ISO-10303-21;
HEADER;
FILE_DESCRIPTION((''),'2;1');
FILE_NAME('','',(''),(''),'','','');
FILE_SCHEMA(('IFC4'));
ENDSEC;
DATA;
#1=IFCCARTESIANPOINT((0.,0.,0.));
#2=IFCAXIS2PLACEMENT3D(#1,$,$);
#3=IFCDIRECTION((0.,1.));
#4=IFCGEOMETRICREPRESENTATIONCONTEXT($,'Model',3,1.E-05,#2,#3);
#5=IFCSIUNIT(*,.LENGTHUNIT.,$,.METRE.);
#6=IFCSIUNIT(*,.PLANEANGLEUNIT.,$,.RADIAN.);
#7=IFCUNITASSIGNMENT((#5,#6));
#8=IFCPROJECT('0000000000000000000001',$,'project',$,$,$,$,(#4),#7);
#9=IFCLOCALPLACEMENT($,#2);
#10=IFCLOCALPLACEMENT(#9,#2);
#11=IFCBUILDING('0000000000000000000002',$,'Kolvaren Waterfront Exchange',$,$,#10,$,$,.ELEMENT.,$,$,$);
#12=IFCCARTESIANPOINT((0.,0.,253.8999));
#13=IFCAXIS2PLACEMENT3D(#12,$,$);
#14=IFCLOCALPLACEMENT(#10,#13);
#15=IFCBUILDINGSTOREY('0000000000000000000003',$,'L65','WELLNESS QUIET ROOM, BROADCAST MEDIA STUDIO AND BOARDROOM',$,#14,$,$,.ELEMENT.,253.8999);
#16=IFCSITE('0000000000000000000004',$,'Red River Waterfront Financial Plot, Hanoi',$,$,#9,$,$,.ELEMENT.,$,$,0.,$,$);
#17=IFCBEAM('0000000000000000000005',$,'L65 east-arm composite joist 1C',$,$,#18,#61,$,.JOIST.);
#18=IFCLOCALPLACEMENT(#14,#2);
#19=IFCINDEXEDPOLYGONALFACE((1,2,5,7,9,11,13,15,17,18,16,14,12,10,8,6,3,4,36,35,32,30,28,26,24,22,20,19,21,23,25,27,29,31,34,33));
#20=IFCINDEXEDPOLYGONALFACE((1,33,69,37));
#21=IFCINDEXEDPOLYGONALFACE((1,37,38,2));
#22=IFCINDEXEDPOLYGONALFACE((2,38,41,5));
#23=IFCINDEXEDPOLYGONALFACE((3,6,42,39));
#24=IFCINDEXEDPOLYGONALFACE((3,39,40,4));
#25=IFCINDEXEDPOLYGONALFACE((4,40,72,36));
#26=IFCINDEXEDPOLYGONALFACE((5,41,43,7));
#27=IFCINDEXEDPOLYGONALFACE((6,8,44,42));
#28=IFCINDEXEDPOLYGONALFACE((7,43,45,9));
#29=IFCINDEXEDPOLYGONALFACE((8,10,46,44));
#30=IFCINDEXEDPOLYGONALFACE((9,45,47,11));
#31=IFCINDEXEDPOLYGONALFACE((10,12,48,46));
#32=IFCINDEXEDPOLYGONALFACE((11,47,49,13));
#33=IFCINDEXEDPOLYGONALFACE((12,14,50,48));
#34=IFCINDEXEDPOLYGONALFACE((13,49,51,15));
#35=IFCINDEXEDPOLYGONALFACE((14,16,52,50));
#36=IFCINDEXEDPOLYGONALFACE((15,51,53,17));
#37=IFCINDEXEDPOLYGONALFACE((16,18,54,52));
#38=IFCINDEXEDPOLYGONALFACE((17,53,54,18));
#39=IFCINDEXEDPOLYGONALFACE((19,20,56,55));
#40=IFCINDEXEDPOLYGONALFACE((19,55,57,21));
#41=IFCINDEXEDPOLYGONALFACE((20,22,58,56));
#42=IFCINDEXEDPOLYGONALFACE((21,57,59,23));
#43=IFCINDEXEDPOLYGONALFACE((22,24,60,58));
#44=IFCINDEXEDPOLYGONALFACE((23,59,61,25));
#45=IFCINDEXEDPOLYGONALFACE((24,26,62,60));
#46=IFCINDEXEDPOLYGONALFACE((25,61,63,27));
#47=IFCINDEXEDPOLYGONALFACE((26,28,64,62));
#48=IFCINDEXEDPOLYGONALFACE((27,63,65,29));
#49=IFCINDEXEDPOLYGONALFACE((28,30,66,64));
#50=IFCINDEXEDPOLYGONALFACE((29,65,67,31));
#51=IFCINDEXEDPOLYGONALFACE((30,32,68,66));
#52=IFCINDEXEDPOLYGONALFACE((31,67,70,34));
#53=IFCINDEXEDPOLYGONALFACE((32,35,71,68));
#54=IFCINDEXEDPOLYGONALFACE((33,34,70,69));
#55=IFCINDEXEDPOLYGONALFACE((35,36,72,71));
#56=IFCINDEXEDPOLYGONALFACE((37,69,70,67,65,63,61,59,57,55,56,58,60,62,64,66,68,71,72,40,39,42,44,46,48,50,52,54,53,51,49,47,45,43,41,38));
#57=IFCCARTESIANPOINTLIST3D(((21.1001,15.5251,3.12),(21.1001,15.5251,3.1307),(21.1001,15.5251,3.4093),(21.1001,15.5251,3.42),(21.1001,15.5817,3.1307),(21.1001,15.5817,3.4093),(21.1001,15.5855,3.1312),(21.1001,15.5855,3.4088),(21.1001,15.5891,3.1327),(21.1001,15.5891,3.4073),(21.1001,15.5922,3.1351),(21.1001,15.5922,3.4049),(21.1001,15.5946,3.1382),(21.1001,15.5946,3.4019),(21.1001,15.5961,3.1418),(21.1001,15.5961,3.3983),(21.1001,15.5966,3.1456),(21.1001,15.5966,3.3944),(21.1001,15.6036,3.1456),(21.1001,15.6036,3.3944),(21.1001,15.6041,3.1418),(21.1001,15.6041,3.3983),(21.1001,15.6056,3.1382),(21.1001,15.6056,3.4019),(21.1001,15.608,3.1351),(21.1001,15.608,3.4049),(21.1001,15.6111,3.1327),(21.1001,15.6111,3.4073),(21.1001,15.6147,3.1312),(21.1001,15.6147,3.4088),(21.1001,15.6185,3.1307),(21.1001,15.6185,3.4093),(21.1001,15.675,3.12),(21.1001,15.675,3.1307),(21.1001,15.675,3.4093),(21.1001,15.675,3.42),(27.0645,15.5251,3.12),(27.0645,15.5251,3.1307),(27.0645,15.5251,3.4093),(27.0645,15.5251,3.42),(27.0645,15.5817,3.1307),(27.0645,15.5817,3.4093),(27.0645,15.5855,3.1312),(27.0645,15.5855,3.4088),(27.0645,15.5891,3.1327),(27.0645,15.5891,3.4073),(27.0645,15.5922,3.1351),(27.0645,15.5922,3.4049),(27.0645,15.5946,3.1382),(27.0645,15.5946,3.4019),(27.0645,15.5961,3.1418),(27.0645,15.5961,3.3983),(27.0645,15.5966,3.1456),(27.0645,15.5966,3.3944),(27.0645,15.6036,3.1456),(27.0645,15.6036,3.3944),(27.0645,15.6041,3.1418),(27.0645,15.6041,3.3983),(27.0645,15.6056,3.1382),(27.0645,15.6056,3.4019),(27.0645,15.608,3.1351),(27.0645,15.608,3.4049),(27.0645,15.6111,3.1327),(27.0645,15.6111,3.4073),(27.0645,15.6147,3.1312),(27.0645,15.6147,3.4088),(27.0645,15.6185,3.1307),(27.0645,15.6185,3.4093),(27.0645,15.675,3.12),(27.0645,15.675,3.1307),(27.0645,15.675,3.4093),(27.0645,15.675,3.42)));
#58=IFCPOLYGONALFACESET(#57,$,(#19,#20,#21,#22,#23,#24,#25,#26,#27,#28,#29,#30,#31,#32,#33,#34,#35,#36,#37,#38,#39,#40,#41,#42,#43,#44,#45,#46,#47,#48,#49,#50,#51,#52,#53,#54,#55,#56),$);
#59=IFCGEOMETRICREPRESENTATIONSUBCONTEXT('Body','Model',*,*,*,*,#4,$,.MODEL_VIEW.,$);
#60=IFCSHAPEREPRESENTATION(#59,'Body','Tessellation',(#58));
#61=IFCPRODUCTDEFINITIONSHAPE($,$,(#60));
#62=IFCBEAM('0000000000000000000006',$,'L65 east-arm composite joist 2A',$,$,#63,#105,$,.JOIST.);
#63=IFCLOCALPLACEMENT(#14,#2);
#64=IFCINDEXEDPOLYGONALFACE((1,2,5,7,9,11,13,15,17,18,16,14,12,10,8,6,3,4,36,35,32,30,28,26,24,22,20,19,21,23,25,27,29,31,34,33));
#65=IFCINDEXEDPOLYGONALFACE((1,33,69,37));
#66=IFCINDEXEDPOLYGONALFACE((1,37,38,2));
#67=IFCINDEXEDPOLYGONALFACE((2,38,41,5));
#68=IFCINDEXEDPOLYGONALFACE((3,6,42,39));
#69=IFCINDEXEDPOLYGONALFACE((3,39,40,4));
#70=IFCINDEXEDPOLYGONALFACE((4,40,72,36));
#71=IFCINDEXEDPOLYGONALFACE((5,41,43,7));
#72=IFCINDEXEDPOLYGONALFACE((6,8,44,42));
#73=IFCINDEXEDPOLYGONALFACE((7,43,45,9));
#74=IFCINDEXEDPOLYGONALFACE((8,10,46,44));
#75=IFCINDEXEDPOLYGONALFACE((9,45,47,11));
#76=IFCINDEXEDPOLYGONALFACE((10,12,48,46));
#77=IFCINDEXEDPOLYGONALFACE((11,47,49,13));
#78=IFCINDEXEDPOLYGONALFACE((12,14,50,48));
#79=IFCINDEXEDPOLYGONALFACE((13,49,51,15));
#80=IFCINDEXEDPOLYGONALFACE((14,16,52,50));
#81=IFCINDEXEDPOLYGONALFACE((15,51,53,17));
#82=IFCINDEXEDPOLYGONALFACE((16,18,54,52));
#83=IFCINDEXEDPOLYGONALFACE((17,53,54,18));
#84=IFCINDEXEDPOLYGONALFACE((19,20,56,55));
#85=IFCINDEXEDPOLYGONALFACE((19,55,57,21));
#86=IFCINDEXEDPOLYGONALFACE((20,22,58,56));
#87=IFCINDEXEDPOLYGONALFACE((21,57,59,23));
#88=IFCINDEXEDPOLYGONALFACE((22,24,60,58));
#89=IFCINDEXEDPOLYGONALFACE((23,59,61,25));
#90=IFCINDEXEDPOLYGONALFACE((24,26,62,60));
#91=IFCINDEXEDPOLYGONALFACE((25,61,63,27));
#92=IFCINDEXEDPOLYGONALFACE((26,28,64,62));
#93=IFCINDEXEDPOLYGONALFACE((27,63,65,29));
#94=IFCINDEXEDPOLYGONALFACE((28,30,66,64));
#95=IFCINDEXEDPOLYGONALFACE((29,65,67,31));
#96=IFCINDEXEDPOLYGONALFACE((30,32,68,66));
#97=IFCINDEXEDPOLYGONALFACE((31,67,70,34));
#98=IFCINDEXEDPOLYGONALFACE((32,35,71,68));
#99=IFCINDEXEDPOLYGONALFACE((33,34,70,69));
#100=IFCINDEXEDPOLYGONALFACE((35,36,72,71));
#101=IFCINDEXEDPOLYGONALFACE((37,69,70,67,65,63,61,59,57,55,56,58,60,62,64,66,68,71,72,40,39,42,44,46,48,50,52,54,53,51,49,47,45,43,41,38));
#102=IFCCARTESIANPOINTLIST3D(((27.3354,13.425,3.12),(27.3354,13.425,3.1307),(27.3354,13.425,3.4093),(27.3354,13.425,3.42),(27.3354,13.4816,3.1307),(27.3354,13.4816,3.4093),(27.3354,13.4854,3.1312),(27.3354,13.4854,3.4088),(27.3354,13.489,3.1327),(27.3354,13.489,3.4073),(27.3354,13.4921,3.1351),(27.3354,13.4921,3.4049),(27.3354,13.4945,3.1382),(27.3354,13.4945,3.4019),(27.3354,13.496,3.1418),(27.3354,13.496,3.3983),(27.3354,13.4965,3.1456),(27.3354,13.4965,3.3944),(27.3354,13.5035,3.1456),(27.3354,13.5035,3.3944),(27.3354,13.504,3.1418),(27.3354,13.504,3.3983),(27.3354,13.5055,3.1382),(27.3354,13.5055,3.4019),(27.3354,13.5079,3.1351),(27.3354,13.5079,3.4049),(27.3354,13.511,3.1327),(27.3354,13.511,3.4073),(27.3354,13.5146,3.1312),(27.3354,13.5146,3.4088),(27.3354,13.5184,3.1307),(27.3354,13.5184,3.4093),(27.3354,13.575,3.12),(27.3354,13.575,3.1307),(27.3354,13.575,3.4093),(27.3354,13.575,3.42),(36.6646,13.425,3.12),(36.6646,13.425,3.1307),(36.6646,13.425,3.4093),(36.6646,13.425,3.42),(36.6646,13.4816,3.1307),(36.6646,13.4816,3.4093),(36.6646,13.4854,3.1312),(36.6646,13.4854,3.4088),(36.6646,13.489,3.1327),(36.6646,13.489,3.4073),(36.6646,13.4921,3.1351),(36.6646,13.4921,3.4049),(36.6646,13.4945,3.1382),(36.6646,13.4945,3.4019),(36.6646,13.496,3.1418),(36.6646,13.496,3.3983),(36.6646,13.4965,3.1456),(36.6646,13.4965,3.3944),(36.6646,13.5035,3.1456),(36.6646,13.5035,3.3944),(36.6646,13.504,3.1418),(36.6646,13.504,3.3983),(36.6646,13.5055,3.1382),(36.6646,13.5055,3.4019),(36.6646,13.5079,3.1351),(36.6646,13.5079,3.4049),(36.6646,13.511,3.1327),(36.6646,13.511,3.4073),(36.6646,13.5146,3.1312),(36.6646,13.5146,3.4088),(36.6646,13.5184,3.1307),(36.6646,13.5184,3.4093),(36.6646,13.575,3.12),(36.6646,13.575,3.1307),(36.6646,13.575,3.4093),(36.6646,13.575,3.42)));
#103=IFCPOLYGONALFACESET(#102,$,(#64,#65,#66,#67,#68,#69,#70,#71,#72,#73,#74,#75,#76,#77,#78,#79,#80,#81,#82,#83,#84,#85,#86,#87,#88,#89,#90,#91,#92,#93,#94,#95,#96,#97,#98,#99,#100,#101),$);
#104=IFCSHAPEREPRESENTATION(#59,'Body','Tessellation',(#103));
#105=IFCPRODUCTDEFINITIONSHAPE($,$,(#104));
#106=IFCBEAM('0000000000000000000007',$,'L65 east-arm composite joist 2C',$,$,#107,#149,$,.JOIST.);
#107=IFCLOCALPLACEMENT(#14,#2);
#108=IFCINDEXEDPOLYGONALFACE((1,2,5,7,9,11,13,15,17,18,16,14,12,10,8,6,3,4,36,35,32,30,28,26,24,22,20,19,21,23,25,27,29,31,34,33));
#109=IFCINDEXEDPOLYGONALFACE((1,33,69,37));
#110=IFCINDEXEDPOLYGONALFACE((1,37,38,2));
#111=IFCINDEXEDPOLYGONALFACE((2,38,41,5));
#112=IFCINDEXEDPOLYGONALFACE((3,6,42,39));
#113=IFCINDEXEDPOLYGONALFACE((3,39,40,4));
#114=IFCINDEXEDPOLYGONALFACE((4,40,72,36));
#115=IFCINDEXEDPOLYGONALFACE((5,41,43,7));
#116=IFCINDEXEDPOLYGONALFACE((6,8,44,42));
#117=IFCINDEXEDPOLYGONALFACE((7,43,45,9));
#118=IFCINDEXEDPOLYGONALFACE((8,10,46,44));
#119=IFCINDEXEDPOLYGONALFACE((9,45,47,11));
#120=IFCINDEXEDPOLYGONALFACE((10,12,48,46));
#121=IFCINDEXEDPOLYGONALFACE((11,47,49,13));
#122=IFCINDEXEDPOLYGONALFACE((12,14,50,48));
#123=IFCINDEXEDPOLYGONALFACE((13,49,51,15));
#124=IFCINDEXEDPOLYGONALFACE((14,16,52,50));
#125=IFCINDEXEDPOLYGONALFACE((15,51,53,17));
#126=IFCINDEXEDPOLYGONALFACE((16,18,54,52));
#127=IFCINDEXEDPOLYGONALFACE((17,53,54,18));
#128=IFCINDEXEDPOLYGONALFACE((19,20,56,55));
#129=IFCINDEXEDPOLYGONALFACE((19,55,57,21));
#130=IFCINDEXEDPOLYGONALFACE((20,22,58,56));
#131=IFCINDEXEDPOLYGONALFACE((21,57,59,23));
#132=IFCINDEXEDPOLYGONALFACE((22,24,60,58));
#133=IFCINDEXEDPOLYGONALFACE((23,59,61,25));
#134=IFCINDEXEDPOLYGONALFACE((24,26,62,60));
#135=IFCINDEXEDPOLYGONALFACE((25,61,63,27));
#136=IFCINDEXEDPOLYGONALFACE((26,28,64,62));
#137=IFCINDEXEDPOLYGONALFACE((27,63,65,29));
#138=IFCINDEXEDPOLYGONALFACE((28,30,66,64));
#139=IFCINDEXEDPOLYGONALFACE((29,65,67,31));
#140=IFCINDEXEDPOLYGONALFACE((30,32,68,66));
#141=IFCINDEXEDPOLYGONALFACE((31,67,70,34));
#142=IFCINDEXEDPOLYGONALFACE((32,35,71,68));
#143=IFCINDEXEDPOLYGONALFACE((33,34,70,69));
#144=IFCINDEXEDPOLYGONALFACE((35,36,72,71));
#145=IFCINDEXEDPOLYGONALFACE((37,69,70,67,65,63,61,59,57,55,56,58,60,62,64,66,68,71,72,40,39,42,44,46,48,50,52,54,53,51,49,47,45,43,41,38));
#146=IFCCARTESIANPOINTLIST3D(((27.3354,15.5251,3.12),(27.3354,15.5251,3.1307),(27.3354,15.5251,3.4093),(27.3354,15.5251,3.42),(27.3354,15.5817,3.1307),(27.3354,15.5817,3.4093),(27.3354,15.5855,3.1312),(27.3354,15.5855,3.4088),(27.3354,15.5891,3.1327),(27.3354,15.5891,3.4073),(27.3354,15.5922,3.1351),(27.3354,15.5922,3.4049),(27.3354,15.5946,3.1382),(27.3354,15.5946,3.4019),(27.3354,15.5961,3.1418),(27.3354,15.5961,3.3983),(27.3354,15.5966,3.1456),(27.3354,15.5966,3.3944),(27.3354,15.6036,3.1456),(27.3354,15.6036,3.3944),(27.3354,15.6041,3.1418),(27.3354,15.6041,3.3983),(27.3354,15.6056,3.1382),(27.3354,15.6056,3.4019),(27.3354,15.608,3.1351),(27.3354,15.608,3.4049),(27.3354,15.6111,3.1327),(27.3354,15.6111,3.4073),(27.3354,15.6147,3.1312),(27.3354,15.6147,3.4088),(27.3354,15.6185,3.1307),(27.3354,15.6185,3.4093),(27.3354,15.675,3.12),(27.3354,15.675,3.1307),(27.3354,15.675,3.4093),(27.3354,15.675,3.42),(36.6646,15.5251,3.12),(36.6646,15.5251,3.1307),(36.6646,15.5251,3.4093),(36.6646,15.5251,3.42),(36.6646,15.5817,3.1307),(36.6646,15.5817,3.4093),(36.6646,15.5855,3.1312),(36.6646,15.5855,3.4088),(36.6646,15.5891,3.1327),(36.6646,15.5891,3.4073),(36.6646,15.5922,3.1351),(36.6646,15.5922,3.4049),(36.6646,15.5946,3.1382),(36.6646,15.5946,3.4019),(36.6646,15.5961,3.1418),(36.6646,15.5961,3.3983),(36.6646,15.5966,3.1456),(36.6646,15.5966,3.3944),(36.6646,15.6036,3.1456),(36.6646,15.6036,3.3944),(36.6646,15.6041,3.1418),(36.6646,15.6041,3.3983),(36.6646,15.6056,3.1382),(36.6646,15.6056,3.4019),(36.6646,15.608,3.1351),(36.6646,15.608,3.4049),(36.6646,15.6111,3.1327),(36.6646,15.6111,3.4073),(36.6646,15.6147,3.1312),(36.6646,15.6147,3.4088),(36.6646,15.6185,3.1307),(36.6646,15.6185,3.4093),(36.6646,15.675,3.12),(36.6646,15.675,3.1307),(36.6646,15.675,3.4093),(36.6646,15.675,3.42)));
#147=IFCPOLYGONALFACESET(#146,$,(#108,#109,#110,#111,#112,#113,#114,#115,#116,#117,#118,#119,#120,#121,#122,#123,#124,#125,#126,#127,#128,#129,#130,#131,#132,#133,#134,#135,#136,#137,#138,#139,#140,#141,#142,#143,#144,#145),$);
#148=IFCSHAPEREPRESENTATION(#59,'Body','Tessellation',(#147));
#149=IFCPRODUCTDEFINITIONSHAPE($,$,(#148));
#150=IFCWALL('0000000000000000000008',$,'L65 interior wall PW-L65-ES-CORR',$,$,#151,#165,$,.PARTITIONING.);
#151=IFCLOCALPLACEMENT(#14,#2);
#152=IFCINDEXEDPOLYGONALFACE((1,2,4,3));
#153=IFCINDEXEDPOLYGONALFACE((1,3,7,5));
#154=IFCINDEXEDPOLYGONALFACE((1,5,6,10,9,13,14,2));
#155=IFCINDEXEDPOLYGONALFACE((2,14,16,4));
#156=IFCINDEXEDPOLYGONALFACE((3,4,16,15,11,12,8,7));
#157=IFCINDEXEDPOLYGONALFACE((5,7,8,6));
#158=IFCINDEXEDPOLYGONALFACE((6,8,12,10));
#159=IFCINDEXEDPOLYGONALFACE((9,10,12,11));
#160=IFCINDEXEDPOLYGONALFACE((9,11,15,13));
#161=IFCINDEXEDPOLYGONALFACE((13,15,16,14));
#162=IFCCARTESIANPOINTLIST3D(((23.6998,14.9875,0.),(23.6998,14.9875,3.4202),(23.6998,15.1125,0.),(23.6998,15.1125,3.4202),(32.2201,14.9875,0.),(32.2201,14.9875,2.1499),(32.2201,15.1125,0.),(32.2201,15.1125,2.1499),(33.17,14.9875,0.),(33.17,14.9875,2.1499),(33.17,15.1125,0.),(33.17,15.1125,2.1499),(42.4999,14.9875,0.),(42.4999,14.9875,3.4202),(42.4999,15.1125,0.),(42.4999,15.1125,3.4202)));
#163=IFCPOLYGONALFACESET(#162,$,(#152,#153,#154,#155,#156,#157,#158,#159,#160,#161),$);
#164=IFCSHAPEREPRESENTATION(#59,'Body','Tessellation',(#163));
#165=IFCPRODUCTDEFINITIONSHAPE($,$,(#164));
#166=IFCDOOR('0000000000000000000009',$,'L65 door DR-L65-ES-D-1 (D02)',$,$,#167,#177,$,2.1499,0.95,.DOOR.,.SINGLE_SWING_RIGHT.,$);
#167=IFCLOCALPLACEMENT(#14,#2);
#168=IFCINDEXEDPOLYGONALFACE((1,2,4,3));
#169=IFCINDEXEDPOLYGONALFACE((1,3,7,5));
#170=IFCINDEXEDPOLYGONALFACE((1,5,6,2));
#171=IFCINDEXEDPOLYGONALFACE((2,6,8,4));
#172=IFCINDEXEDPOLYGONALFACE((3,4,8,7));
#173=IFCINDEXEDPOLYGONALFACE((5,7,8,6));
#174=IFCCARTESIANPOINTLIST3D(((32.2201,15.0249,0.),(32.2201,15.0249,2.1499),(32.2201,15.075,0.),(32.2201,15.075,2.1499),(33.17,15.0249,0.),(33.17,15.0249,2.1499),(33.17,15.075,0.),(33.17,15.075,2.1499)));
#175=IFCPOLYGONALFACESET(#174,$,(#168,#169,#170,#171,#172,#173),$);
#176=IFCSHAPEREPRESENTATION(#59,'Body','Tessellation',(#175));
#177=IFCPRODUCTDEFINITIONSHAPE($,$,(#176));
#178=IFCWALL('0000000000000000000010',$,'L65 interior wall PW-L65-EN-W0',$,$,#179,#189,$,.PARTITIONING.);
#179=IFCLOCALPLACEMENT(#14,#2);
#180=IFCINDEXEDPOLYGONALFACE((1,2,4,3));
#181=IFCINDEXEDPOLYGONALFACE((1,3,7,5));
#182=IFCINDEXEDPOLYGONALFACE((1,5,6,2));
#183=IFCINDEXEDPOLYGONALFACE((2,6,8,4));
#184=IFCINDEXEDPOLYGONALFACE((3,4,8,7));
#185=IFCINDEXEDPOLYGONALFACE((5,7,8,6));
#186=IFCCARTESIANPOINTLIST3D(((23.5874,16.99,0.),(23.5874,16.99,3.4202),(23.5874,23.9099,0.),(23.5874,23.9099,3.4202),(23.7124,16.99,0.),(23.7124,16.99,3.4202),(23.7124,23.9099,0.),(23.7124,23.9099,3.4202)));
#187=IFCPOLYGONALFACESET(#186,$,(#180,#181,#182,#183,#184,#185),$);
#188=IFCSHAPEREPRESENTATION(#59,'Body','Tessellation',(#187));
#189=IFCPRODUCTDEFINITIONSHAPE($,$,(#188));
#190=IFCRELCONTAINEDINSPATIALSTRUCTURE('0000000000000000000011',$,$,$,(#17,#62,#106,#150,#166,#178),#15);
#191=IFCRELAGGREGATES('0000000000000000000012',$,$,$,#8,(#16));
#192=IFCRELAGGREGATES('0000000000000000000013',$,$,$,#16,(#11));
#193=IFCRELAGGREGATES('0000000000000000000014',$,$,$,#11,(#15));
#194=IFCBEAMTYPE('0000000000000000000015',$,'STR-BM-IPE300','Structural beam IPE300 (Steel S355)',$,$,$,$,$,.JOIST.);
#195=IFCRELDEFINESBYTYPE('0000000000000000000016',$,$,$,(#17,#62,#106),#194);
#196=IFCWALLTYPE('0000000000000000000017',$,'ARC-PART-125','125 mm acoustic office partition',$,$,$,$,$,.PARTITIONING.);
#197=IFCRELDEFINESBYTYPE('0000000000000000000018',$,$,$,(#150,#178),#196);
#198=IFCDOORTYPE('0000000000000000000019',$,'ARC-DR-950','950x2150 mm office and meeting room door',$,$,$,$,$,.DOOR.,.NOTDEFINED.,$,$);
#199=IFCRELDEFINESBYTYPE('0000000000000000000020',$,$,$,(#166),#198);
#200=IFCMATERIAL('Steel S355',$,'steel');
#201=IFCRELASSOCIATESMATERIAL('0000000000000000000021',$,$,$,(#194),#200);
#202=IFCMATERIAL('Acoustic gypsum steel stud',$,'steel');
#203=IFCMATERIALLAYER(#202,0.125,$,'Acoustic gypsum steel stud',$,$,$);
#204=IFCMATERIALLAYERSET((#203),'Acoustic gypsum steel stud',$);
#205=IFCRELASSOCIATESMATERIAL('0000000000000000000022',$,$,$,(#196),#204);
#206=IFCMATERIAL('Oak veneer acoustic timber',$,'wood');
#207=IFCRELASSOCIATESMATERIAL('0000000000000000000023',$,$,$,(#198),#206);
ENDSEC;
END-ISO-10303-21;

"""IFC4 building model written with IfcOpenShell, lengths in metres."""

from ifc_helpers import new_model, si_unit, direction, frame, frame_2d, origin, origin_2d, place, context, subcontext, project, spatial, rectangle, i_section, extrude, material, layer, layer_set, material_profile, profile_set, type_object, element, fill, save


model = new_model("IFC4")

# Units and contexts
model_context = context("Model", 3, precision=1e-05, world=origin(), true_north=direction((0.0, 1.0)))
body_context = subcontext(model_context, "Body", "Model", "MODEL_VIEW")
ifc_project = project(units=[si_unit("LENGTHUNIT", "METRE"), si_unit("PLANEANGLEUNIT", "RADIAN")], contexts=[model_context])

# Site, building, storey
site_placement = place(None, origin())
site = spatial("IfcSite", under=ifc_project, at=site_placement, Name="Red River Waterfront Financial Plot, Hanoi", CompositionType="ELEMENT", RefElevation=0.0)
building_placement = place(site_placement, origin())
building = spatial("IfcBuilding", under=site, at=building_placement, Name="Kolvaren Waterfront Exchange", CompositionType="ELEMENT")
storey_placement = place(building_placement, frame((0.0, 0.0, 253.8999)))
storey = spatial("IfcBuildingStorey", under=building, at=storey_placement, Name="L65", Description="WELLNESS QUIET ROOM, BROADCAST MEDIA STUDIO AND BOARDROOM", CompositionType="ELEMENT", Elevation=253.8999)

# Beams
ifc_material_1 = material(Name="Steel S355", Category="steel")
ifc_material_profile_1 = material_profile(ifc_material_1, i_section(OverallWidth=0.1499, OverallDepth=0.3, WebThickness=0.0071, FlangeThickness=0.0107, FilletRadius=0.0149, at=origin_2d()), Name="IPE300")
ifc_profile_set_1 = profile_set([ifc_material_profile_1], Name="Steel S355")
beam_type_1 = type_object("IfcBeamType", Name="STR-BM-IPE300", Description="Structural beam IPE300 (Steel S355)", PredefinedType="JOIST", material=ifc_profile_set_1)
for number, where, z_axis, x_axis, name in (
    (1, (21.1001, 15.6001, 3.27), (1.0, 0.0, 0.0), (0.0, 1.0, 0.0), "L65 east-arm composite joist 1C"),
):
    element("IfcBeam", number, at=place(storey_placement, frame(where, z_axis=z_axis, x_axis=x_axis)), inside=storey, type_object=beam_type_1, Name=name, PredefinedType="JOIST", context=body_context, shape_type="SweptSolid", body=[
        extrude(i_section(OverallWidth=0.1499, OverallDepth=0.3, WebThickness=0.0071, FlangeThickness=0.0107, FilletRadius=0.0149, at=origin_2d()), origin(), (0.0, 0.0, 1.0), 5.9644),
    ])
for number, where, z_axis, x_axis, name in (
    (2, (27.3354, 13.5, 3.27), (1.0, 0.0, 0.0), (0.0, 1.0, 0.0), "L65 east-arm composite joist 2A"),
    (3, (27.3354, 15.6001, 3.27), (1.0, 0.0, 0.0), (0.0, 1.0, 0.0), "L65 east-arm composite joist 2C"),
):
    element("IfcBeam", number, at=place(storey_placement, frame(where, z_axis=z_axis, x_axis=x_axis)), inside=storey, type_object=beam_type_1, Name=name, PredefinedType="JOIST", context=body_context, shape_type="SweptSolid", body=[
        extrude(i_section(OverallWidth=0.1499, OverallDepth=0.3, WebThickness=0.0071, FlangeThickness=0.0107, FilletRadius=0.0149, at=origin_2d()), origin(), (0.0, 0.0, 1.0), 9.3291),
    ])

# Wall, opening, door
ifc_material_2 = material(Name="Acoustic gypsum steel stud", Category="steel")
ifc_layer_1 = layer(ifc_material_2, 0.125, Name="Acoustic gypsum steel stud")
ifc_layer_set_1 = layer_set([ifc_layer_1], Name="Acoustic gypsum steel stud")
wall_type_1 = type_object("IfcWallType", Name="ARC-PART-125", Description="125 mm acoustic office partition", PredefinedType="PARTITIONING", material=ifc_layer_set_1)
wall_1_placement = place(storey_placement, frame((23.7, 15.05, 0.0), z_axis=(0.0, 0.0, 1.0), x_axis=(1.0, 0.0, 0.0)))
wall_1 = element("IfcWall", 4, at=wall_1_placement, inside=storey, type_object=wall_type_1, Name="L65 interior wall PW-L65-ES-CORR", PredefinedType="PARTITIONING", context=body_context, shape_type="SweptSolid", body=[
    extrude(rectangle(XDim=18.8, YDim=0.125, at=frame_2d((9.3999, 0.0))), origin(), (0.0, 0.0, 1.0), 3.4202),
])
opening_1_placement = place(wall_1_placement, frame((8.52, 0.0, 0.0)))
opening_1 = element("IfcOpeningElement", 5, at=opening_1_placement, cuts=wall_1, PredefinedType="OPENING", context=body_context, shape_type="SweptSolid", body=[
    extrude(rectangle(XDim=0.95, YDim=2.1499, at=frame_2d((0.4751, 1.075))), frame((0.0, 0.0725, 0.0), z_axis=(0.0, -1.0, 0.0), x_axis=(1.0, 0.0, 0.0)), (0.0, 0.0, 1.0), 0.145),
])
ifc_material_3 = material(Name="Oak veneer acoustic timber", Category="wood")
door_type = type_object("IfcDoorType", Name="ARC-DR-950", Description="950x2150 mm office and meeting room door", OperationType="NOTDEFINED", PredefinedType="DOOR", material=ifc_material_3)
door_1_placement = place(opening_1_placement, origin())
door_1 = element("IfcDoor", 6, at=door_1_placement, inside=storey, type_object=door_type, Name="L65 door DR-L65-ES-D-1 (D02)", OperationType="SINGLE_SWING_RIGHT", OverallHeight=2.1499, OverallWidth=0.95, PredefinedType="DOOR", context=body_context, shape_type="SweptSolid", body=[
    extrude(rectangle(XDim=0.95, YDim=2.1499, at=frame_2d((0.4751, 1.075))), frame((0.0, 0.0249, 0.0), z_axis=(0.0, -1.0, 0.0), x_axis=(1.0, 0.0, 0.0)), (0.0, 0.0, 1.0), 0.05),
])
fill(opening_1, door_1)

# Wall
wall_2_placement = place(storey_placement, frame((23.6499, 16.99, 0.0), z_axis=(0.0, 0.0, 1.0), x_axis=(0.0, 1.0, 0.0)))
element("IfcWall", 7, at=wall_2_placement, inside=storey, type_object=wall_type_1, Name="L65 interior wall PW-L65-EN-W0", PredefinedType="PARTITIONING", context=body_context, shape_type="SweptSolid", body=[
    extrude(rectangle(XDim=6.9199, YDim=0.125, at=frame_2d((3.46, 0.0))), origin(), (0.0, 0.0, 1.0), 3.4202),
])

save(model, "model.ifc")
